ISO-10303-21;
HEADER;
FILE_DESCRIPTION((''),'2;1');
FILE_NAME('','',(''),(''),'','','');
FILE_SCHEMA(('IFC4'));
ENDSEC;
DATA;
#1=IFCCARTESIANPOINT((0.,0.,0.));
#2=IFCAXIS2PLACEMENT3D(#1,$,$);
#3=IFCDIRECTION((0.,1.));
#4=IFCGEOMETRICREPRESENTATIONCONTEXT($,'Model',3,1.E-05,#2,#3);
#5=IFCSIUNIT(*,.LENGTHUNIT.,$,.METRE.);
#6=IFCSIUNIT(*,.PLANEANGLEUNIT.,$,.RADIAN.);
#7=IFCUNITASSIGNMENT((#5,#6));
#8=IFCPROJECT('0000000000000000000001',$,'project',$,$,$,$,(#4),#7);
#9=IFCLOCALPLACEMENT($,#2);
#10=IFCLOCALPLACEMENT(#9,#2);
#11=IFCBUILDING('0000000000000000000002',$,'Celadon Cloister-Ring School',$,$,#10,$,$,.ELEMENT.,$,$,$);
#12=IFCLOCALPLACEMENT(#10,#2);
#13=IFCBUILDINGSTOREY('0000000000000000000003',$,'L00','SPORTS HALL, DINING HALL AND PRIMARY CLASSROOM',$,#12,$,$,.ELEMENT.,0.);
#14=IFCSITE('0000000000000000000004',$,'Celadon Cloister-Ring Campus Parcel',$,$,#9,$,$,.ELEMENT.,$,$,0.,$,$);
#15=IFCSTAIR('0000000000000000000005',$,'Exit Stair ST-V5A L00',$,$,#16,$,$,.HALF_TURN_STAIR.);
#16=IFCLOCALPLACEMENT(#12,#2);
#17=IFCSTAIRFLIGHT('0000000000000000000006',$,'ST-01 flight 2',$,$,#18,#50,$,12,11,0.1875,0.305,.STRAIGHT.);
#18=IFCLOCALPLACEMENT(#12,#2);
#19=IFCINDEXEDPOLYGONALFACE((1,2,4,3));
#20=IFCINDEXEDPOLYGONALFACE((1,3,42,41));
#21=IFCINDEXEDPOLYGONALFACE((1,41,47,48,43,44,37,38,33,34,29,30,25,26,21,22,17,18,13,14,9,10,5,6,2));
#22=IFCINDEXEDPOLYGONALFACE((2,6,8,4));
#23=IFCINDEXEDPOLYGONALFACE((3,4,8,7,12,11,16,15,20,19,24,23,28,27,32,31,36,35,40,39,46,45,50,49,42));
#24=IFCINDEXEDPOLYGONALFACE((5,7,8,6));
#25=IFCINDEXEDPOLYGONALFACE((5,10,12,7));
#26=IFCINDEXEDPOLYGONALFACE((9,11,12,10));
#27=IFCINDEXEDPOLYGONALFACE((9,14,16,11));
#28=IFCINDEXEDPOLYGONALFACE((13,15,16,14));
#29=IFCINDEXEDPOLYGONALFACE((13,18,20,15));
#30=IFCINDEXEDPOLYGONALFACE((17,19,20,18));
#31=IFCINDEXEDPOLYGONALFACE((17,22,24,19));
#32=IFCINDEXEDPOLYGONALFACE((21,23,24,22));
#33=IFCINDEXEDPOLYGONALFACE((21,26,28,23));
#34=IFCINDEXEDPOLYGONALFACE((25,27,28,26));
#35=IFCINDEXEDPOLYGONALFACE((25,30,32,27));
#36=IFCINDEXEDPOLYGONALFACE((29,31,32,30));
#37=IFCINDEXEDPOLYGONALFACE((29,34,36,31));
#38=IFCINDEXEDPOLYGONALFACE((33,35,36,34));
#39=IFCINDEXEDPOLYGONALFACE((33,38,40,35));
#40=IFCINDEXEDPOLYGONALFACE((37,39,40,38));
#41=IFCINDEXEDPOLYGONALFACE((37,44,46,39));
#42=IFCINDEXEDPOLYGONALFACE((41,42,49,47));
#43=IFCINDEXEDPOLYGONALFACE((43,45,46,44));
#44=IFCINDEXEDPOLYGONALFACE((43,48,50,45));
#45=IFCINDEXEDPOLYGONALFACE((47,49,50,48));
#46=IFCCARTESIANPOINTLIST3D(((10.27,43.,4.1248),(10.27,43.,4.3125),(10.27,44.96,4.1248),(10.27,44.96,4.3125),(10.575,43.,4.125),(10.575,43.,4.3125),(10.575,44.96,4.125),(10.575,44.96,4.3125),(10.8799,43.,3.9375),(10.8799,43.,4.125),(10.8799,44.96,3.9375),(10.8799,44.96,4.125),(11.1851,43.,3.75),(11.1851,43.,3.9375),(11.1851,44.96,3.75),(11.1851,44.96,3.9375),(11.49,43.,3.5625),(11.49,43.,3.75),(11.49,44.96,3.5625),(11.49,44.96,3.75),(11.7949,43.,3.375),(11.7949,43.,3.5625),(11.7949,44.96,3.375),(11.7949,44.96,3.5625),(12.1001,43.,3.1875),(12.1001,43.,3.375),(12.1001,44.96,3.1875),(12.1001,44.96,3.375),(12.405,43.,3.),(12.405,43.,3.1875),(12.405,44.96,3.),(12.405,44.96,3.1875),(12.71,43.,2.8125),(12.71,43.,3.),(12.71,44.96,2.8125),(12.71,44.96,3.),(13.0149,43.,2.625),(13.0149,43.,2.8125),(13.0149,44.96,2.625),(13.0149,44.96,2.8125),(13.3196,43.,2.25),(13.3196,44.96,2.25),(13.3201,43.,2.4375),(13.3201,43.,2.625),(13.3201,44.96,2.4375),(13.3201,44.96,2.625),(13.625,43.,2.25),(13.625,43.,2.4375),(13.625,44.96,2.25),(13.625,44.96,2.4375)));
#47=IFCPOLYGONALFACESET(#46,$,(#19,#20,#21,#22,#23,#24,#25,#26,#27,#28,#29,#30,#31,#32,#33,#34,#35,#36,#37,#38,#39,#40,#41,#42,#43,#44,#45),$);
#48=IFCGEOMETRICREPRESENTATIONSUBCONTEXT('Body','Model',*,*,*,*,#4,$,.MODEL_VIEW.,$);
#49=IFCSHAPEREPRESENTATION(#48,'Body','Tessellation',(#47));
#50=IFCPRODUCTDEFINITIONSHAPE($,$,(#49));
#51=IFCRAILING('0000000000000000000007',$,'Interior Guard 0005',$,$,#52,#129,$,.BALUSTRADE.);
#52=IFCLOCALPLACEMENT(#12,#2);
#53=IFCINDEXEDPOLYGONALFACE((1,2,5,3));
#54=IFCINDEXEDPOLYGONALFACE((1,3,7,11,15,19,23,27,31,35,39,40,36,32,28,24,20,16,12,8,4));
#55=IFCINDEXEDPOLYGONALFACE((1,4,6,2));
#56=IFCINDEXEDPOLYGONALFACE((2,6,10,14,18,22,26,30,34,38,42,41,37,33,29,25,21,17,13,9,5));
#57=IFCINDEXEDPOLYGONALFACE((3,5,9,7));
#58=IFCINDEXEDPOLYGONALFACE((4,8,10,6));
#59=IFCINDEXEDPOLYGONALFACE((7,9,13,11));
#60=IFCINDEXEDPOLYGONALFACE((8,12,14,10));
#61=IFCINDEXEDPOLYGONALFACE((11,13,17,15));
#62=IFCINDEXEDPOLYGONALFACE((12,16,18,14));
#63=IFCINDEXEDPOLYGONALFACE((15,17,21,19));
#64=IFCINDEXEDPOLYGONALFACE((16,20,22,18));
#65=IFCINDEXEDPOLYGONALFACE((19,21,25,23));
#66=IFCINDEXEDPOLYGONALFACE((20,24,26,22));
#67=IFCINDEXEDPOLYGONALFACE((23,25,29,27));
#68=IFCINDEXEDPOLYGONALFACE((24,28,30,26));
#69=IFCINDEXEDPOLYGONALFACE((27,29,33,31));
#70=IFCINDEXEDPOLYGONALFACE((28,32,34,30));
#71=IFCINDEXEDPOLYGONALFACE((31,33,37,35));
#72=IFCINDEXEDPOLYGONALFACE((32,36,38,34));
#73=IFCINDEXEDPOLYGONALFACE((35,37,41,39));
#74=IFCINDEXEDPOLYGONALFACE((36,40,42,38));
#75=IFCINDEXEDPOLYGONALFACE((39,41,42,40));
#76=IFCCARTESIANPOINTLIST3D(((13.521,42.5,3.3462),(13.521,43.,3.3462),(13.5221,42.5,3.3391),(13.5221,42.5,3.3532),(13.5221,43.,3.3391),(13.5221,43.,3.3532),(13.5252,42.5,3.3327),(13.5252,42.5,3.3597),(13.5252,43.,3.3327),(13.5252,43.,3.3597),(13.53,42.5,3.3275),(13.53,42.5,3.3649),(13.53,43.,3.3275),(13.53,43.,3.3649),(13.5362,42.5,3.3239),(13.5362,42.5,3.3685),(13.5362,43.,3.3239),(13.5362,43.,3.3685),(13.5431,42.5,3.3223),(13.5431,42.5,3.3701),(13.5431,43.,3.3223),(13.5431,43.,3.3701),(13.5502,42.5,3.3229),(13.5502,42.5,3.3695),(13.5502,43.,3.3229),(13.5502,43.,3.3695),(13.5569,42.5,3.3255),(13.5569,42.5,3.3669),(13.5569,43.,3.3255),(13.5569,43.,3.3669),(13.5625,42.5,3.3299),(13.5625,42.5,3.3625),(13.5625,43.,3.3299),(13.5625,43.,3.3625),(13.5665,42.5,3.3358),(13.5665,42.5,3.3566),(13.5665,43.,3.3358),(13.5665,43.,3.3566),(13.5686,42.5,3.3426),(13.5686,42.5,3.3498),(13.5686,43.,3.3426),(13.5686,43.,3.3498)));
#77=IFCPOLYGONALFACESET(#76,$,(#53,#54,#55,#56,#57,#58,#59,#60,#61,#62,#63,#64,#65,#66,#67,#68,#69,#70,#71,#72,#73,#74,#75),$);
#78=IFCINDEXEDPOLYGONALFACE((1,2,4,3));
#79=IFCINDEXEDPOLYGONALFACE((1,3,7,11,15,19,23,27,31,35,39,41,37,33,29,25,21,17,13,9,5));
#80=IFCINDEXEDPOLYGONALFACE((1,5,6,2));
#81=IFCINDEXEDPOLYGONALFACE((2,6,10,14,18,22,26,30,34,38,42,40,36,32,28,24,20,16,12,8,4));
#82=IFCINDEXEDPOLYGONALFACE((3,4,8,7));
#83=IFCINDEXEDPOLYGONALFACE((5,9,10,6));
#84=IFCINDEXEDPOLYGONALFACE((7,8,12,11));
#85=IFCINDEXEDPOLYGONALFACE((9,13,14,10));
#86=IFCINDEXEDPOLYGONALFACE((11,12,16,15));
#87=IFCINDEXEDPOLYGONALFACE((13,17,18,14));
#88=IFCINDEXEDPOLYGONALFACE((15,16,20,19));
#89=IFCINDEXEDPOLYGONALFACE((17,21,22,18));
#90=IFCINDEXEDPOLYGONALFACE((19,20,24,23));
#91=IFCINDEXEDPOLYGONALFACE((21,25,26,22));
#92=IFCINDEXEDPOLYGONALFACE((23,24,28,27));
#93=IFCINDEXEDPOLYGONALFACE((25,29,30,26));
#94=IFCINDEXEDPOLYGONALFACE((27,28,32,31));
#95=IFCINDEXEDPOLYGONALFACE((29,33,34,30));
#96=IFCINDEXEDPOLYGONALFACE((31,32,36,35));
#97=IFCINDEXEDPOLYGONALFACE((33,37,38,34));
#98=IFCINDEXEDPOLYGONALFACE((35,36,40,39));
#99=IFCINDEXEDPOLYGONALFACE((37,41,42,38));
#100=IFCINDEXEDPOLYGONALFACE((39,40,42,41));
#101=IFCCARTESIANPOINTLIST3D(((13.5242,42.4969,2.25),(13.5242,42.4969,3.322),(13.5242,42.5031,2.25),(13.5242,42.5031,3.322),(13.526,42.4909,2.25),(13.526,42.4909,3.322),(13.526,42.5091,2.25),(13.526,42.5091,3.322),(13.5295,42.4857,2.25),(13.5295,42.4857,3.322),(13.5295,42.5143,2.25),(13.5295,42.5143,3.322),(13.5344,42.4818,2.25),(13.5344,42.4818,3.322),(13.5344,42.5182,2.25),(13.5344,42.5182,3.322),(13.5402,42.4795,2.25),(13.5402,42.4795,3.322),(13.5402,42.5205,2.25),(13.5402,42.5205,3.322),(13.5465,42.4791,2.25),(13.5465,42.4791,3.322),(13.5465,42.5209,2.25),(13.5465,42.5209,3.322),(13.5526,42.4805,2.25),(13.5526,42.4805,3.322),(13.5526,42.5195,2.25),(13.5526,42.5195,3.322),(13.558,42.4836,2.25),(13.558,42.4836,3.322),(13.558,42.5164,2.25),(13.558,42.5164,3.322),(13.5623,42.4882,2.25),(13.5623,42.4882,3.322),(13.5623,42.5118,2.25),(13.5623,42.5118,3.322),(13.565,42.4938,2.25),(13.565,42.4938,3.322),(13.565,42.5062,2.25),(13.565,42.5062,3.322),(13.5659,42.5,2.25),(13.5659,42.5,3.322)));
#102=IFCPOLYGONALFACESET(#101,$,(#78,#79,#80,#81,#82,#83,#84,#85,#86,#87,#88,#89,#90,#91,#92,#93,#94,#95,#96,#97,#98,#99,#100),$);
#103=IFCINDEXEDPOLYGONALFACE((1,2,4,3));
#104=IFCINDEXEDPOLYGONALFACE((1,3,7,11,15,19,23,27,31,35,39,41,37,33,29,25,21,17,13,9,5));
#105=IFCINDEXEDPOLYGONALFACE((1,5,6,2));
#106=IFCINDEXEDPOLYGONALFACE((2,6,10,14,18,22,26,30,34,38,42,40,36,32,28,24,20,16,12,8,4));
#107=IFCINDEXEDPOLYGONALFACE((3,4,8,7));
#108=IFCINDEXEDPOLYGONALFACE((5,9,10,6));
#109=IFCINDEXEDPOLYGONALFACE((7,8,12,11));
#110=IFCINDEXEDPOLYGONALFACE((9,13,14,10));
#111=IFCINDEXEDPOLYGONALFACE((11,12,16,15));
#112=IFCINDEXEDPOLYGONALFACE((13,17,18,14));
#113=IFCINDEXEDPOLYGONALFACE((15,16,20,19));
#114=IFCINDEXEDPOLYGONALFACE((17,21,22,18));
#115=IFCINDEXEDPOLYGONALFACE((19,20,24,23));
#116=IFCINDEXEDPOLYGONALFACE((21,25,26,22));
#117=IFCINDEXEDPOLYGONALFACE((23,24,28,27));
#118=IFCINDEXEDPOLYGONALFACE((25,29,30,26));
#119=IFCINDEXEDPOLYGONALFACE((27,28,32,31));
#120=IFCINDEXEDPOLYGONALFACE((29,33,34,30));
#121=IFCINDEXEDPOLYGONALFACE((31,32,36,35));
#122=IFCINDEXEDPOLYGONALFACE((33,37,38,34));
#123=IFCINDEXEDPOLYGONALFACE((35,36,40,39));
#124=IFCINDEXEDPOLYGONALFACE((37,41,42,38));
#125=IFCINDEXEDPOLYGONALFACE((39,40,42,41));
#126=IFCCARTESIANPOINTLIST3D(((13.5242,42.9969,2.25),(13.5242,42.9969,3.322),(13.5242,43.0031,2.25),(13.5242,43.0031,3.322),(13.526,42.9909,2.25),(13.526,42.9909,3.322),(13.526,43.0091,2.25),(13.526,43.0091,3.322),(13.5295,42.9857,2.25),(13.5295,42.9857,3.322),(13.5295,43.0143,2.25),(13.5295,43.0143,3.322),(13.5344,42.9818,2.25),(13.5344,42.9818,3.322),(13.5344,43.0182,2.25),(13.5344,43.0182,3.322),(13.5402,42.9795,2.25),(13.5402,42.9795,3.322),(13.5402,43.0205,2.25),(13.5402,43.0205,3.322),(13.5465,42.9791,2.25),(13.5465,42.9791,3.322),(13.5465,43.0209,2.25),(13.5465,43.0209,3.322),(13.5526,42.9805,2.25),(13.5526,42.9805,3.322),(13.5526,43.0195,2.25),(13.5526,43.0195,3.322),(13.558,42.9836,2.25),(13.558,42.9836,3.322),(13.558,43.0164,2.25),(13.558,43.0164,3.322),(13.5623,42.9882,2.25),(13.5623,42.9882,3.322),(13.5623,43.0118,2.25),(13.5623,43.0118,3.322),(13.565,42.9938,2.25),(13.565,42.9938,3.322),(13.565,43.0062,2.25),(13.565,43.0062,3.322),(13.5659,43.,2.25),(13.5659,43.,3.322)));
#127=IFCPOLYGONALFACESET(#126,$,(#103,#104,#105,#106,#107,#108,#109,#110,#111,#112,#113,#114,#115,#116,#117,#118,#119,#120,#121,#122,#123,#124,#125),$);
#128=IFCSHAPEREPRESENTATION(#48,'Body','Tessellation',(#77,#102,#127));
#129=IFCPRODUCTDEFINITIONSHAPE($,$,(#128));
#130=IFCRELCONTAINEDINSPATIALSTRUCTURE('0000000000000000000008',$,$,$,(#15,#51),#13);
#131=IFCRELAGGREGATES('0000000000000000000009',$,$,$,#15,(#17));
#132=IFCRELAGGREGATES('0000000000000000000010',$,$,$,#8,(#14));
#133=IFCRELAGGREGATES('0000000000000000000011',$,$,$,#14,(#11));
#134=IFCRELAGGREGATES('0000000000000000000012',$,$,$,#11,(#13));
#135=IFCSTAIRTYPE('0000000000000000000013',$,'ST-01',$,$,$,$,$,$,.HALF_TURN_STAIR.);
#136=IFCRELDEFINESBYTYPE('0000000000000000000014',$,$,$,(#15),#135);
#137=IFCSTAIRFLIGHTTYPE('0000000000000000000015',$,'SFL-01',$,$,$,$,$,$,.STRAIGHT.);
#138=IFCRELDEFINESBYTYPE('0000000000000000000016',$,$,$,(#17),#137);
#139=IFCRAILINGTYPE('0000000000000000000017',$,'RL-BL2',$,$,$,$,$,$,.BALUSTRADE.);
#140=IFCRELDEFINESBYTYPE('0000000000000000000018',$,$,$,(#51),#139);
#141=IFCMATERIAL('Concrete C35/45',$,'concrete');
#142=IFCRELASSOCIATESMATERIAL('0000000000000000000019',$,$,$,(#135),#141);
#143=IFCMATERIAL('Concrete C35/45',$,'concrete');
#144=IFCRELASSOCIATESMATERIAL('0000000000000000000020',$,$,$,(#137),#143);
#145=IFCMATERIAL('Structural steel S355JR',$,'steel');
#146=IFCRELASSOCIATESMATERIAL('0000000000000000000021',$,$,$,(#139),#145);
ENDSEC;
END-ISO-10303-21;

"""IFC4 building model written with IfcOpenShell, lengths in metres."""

from ifc_helpers import new_model, si_unit, direction, frame, origin, origin_2d, place, context, subcontext, project, spatial, polyline, circle, outline, extrude, material, type_object, element, aggregate, save


model = new_model("IFC4")

# Units and contexts
model_context = context("Model", 3, precision=1e-05, world=origin(), true_north=direction((0.0, 1.0)))
body_context = subcontext(model_context, "Body", "Model", "MODEL_VIEW")
ifc_project = project(units=[si_unit("LENGTHUNIT", "METRE"), si_unit("PLANEANGLEUNIT", "RADIAN")], contexts=[model_context])

# Site, building, storey
site_placement = place(None, origin())
site = spatial("IfcSite", under=ifc_project, at=site_placement, Name="Celadon Cloister-Ring Campus Parcel", CompositionType="ELEMENT", RefElevation=0.0)
building_placement = place(site_placement, origin())
building = spatial("IfcBuilding", under=site, at=building_placement, Name="Celadon Cloister-Ring School", CompositionType="ELEMENT")
storey_placement = place(building_placement, origin())
storey = spatial("IfcBuildingStorey", under=building, at=storey_placement, Name="L00", Description="SPORTS HALL, DINING HALL AND PRIMARY CLASSROOM", CompositionType="ELEMENT", Elevation=0.0)

# Stair, stair flight
ifc_material_1 = material(Name="Concrete C35/45", Category="concrete")
stair_type = type_object("IfcStairType", Name="ST-01", PredefinedType="HALF_TURN_STAIR", material=ifc_material_1)
stair_placement = place(storey_placement, origin())
stair = element("IfcStair", 1, at=stair_placement, inside=storey, type_object=stair_type, Name="Exit Stair ST-V5A L00", PredefinedType="HALF_TURN_STAIR")
ifc_material_2 = material(Name="Concrete C35/45", Category="concrete")
stair_flight_type = type_object("IfcStairFlightType", Name="SFL-01", PredefinedType="STRAIGHT", material=ifc_material_2)
stair_flight_1_placement = place(storey_placement, frame((13.625, 43.98, 2.25), z_axis=(0.0, 0.0, 1.0), x_axis=(-1.0, 0.0, 0.0)))
stair_flight_1 = element("IfcStairFlight", 2, at=stair_flight_1_placement, type_object=stair_flight_type, Name="ST-01 flight 2", NumberOfRisers=12, NumberOfTreads=11, PredefinedType="STRAIGHT", RiserHeight=0.1875, TreadLength=0.305, context=body_context, shape_type="SweptSolid", body=[
    extrude(outline(polyline([(0.0, 0.0), (0.0, 0.1875), (0.3049, 0.1875), (0.3049, 0.375), (0.6101, 0.375), (0.6101, 0.5625), (0.915, 0.5625), (0.915, 0.75), (1.22, 0.75), (1.22, 0.9375), (1.5249, 0.9375), (1.5249, 1.125), (1.8301, 1.125), (1.8301, 1.3125), (2.135, 1.3125), (2.135, 1.5), (2.4399, 1.5), (2.4399, 1.6875), (2.7451, 1.6875), (2.7451, 1.875), (3.05, 1.875), (3.05, 2.0625), (3.355, 2.0625), (3.355, 2.25), (3.355, 1.8748), (0.3054, 0.0), (0.0, 0.0)])), frame((0.0, 0.98, 0.0), z_axis=(0.0, -1.0, 0.0), x_axis=(1.0, 0.0, 0.0)), (0.0, 0.0, 1.0), 1.96),
])
aggregate(stair, [stair_flight_1])

# Railing
ifc_material_3 = material(Name="Structural steel S355JR", Category="steel")
railing_type_1 = type_object("IfcRailingType", Name="RL-BL2", PredefinedType="BALUSTRADE", material=ifc_material_3)
railing_placement = place(storey_placement, frame((13.5449, 42.5, 2.25)))
element("IfcRailing", 3, at=railing_placement, inside=storey, type_object=railing_type_1, Name="Interior Guard 0005", PredefinedType="BALUSTRADE", context=body_context, shape_type="SweptSolid", body=[
    extrude(circle(Radius=0.0239, at=origin_2d()), frame((0.0, 0.0, 1.0962), z_axis=(0.0, 1.0, 0.0), x_axis=(-1.0, 0.0, 0.0)), (0.0, 0.0, 1.0), 0.5),
    extrude(circle(Radius=0.021, at=origin_2d()), origin(), (0.0, 0.0, 1.0), 1.072),
    extrude(circle(Radius=0.021, at=origin_2d()), frame((0.0, 0.5, 0.0)), (0.0, 0.0, 1.0), 1.072),
])

save(model, "model.ifc")
